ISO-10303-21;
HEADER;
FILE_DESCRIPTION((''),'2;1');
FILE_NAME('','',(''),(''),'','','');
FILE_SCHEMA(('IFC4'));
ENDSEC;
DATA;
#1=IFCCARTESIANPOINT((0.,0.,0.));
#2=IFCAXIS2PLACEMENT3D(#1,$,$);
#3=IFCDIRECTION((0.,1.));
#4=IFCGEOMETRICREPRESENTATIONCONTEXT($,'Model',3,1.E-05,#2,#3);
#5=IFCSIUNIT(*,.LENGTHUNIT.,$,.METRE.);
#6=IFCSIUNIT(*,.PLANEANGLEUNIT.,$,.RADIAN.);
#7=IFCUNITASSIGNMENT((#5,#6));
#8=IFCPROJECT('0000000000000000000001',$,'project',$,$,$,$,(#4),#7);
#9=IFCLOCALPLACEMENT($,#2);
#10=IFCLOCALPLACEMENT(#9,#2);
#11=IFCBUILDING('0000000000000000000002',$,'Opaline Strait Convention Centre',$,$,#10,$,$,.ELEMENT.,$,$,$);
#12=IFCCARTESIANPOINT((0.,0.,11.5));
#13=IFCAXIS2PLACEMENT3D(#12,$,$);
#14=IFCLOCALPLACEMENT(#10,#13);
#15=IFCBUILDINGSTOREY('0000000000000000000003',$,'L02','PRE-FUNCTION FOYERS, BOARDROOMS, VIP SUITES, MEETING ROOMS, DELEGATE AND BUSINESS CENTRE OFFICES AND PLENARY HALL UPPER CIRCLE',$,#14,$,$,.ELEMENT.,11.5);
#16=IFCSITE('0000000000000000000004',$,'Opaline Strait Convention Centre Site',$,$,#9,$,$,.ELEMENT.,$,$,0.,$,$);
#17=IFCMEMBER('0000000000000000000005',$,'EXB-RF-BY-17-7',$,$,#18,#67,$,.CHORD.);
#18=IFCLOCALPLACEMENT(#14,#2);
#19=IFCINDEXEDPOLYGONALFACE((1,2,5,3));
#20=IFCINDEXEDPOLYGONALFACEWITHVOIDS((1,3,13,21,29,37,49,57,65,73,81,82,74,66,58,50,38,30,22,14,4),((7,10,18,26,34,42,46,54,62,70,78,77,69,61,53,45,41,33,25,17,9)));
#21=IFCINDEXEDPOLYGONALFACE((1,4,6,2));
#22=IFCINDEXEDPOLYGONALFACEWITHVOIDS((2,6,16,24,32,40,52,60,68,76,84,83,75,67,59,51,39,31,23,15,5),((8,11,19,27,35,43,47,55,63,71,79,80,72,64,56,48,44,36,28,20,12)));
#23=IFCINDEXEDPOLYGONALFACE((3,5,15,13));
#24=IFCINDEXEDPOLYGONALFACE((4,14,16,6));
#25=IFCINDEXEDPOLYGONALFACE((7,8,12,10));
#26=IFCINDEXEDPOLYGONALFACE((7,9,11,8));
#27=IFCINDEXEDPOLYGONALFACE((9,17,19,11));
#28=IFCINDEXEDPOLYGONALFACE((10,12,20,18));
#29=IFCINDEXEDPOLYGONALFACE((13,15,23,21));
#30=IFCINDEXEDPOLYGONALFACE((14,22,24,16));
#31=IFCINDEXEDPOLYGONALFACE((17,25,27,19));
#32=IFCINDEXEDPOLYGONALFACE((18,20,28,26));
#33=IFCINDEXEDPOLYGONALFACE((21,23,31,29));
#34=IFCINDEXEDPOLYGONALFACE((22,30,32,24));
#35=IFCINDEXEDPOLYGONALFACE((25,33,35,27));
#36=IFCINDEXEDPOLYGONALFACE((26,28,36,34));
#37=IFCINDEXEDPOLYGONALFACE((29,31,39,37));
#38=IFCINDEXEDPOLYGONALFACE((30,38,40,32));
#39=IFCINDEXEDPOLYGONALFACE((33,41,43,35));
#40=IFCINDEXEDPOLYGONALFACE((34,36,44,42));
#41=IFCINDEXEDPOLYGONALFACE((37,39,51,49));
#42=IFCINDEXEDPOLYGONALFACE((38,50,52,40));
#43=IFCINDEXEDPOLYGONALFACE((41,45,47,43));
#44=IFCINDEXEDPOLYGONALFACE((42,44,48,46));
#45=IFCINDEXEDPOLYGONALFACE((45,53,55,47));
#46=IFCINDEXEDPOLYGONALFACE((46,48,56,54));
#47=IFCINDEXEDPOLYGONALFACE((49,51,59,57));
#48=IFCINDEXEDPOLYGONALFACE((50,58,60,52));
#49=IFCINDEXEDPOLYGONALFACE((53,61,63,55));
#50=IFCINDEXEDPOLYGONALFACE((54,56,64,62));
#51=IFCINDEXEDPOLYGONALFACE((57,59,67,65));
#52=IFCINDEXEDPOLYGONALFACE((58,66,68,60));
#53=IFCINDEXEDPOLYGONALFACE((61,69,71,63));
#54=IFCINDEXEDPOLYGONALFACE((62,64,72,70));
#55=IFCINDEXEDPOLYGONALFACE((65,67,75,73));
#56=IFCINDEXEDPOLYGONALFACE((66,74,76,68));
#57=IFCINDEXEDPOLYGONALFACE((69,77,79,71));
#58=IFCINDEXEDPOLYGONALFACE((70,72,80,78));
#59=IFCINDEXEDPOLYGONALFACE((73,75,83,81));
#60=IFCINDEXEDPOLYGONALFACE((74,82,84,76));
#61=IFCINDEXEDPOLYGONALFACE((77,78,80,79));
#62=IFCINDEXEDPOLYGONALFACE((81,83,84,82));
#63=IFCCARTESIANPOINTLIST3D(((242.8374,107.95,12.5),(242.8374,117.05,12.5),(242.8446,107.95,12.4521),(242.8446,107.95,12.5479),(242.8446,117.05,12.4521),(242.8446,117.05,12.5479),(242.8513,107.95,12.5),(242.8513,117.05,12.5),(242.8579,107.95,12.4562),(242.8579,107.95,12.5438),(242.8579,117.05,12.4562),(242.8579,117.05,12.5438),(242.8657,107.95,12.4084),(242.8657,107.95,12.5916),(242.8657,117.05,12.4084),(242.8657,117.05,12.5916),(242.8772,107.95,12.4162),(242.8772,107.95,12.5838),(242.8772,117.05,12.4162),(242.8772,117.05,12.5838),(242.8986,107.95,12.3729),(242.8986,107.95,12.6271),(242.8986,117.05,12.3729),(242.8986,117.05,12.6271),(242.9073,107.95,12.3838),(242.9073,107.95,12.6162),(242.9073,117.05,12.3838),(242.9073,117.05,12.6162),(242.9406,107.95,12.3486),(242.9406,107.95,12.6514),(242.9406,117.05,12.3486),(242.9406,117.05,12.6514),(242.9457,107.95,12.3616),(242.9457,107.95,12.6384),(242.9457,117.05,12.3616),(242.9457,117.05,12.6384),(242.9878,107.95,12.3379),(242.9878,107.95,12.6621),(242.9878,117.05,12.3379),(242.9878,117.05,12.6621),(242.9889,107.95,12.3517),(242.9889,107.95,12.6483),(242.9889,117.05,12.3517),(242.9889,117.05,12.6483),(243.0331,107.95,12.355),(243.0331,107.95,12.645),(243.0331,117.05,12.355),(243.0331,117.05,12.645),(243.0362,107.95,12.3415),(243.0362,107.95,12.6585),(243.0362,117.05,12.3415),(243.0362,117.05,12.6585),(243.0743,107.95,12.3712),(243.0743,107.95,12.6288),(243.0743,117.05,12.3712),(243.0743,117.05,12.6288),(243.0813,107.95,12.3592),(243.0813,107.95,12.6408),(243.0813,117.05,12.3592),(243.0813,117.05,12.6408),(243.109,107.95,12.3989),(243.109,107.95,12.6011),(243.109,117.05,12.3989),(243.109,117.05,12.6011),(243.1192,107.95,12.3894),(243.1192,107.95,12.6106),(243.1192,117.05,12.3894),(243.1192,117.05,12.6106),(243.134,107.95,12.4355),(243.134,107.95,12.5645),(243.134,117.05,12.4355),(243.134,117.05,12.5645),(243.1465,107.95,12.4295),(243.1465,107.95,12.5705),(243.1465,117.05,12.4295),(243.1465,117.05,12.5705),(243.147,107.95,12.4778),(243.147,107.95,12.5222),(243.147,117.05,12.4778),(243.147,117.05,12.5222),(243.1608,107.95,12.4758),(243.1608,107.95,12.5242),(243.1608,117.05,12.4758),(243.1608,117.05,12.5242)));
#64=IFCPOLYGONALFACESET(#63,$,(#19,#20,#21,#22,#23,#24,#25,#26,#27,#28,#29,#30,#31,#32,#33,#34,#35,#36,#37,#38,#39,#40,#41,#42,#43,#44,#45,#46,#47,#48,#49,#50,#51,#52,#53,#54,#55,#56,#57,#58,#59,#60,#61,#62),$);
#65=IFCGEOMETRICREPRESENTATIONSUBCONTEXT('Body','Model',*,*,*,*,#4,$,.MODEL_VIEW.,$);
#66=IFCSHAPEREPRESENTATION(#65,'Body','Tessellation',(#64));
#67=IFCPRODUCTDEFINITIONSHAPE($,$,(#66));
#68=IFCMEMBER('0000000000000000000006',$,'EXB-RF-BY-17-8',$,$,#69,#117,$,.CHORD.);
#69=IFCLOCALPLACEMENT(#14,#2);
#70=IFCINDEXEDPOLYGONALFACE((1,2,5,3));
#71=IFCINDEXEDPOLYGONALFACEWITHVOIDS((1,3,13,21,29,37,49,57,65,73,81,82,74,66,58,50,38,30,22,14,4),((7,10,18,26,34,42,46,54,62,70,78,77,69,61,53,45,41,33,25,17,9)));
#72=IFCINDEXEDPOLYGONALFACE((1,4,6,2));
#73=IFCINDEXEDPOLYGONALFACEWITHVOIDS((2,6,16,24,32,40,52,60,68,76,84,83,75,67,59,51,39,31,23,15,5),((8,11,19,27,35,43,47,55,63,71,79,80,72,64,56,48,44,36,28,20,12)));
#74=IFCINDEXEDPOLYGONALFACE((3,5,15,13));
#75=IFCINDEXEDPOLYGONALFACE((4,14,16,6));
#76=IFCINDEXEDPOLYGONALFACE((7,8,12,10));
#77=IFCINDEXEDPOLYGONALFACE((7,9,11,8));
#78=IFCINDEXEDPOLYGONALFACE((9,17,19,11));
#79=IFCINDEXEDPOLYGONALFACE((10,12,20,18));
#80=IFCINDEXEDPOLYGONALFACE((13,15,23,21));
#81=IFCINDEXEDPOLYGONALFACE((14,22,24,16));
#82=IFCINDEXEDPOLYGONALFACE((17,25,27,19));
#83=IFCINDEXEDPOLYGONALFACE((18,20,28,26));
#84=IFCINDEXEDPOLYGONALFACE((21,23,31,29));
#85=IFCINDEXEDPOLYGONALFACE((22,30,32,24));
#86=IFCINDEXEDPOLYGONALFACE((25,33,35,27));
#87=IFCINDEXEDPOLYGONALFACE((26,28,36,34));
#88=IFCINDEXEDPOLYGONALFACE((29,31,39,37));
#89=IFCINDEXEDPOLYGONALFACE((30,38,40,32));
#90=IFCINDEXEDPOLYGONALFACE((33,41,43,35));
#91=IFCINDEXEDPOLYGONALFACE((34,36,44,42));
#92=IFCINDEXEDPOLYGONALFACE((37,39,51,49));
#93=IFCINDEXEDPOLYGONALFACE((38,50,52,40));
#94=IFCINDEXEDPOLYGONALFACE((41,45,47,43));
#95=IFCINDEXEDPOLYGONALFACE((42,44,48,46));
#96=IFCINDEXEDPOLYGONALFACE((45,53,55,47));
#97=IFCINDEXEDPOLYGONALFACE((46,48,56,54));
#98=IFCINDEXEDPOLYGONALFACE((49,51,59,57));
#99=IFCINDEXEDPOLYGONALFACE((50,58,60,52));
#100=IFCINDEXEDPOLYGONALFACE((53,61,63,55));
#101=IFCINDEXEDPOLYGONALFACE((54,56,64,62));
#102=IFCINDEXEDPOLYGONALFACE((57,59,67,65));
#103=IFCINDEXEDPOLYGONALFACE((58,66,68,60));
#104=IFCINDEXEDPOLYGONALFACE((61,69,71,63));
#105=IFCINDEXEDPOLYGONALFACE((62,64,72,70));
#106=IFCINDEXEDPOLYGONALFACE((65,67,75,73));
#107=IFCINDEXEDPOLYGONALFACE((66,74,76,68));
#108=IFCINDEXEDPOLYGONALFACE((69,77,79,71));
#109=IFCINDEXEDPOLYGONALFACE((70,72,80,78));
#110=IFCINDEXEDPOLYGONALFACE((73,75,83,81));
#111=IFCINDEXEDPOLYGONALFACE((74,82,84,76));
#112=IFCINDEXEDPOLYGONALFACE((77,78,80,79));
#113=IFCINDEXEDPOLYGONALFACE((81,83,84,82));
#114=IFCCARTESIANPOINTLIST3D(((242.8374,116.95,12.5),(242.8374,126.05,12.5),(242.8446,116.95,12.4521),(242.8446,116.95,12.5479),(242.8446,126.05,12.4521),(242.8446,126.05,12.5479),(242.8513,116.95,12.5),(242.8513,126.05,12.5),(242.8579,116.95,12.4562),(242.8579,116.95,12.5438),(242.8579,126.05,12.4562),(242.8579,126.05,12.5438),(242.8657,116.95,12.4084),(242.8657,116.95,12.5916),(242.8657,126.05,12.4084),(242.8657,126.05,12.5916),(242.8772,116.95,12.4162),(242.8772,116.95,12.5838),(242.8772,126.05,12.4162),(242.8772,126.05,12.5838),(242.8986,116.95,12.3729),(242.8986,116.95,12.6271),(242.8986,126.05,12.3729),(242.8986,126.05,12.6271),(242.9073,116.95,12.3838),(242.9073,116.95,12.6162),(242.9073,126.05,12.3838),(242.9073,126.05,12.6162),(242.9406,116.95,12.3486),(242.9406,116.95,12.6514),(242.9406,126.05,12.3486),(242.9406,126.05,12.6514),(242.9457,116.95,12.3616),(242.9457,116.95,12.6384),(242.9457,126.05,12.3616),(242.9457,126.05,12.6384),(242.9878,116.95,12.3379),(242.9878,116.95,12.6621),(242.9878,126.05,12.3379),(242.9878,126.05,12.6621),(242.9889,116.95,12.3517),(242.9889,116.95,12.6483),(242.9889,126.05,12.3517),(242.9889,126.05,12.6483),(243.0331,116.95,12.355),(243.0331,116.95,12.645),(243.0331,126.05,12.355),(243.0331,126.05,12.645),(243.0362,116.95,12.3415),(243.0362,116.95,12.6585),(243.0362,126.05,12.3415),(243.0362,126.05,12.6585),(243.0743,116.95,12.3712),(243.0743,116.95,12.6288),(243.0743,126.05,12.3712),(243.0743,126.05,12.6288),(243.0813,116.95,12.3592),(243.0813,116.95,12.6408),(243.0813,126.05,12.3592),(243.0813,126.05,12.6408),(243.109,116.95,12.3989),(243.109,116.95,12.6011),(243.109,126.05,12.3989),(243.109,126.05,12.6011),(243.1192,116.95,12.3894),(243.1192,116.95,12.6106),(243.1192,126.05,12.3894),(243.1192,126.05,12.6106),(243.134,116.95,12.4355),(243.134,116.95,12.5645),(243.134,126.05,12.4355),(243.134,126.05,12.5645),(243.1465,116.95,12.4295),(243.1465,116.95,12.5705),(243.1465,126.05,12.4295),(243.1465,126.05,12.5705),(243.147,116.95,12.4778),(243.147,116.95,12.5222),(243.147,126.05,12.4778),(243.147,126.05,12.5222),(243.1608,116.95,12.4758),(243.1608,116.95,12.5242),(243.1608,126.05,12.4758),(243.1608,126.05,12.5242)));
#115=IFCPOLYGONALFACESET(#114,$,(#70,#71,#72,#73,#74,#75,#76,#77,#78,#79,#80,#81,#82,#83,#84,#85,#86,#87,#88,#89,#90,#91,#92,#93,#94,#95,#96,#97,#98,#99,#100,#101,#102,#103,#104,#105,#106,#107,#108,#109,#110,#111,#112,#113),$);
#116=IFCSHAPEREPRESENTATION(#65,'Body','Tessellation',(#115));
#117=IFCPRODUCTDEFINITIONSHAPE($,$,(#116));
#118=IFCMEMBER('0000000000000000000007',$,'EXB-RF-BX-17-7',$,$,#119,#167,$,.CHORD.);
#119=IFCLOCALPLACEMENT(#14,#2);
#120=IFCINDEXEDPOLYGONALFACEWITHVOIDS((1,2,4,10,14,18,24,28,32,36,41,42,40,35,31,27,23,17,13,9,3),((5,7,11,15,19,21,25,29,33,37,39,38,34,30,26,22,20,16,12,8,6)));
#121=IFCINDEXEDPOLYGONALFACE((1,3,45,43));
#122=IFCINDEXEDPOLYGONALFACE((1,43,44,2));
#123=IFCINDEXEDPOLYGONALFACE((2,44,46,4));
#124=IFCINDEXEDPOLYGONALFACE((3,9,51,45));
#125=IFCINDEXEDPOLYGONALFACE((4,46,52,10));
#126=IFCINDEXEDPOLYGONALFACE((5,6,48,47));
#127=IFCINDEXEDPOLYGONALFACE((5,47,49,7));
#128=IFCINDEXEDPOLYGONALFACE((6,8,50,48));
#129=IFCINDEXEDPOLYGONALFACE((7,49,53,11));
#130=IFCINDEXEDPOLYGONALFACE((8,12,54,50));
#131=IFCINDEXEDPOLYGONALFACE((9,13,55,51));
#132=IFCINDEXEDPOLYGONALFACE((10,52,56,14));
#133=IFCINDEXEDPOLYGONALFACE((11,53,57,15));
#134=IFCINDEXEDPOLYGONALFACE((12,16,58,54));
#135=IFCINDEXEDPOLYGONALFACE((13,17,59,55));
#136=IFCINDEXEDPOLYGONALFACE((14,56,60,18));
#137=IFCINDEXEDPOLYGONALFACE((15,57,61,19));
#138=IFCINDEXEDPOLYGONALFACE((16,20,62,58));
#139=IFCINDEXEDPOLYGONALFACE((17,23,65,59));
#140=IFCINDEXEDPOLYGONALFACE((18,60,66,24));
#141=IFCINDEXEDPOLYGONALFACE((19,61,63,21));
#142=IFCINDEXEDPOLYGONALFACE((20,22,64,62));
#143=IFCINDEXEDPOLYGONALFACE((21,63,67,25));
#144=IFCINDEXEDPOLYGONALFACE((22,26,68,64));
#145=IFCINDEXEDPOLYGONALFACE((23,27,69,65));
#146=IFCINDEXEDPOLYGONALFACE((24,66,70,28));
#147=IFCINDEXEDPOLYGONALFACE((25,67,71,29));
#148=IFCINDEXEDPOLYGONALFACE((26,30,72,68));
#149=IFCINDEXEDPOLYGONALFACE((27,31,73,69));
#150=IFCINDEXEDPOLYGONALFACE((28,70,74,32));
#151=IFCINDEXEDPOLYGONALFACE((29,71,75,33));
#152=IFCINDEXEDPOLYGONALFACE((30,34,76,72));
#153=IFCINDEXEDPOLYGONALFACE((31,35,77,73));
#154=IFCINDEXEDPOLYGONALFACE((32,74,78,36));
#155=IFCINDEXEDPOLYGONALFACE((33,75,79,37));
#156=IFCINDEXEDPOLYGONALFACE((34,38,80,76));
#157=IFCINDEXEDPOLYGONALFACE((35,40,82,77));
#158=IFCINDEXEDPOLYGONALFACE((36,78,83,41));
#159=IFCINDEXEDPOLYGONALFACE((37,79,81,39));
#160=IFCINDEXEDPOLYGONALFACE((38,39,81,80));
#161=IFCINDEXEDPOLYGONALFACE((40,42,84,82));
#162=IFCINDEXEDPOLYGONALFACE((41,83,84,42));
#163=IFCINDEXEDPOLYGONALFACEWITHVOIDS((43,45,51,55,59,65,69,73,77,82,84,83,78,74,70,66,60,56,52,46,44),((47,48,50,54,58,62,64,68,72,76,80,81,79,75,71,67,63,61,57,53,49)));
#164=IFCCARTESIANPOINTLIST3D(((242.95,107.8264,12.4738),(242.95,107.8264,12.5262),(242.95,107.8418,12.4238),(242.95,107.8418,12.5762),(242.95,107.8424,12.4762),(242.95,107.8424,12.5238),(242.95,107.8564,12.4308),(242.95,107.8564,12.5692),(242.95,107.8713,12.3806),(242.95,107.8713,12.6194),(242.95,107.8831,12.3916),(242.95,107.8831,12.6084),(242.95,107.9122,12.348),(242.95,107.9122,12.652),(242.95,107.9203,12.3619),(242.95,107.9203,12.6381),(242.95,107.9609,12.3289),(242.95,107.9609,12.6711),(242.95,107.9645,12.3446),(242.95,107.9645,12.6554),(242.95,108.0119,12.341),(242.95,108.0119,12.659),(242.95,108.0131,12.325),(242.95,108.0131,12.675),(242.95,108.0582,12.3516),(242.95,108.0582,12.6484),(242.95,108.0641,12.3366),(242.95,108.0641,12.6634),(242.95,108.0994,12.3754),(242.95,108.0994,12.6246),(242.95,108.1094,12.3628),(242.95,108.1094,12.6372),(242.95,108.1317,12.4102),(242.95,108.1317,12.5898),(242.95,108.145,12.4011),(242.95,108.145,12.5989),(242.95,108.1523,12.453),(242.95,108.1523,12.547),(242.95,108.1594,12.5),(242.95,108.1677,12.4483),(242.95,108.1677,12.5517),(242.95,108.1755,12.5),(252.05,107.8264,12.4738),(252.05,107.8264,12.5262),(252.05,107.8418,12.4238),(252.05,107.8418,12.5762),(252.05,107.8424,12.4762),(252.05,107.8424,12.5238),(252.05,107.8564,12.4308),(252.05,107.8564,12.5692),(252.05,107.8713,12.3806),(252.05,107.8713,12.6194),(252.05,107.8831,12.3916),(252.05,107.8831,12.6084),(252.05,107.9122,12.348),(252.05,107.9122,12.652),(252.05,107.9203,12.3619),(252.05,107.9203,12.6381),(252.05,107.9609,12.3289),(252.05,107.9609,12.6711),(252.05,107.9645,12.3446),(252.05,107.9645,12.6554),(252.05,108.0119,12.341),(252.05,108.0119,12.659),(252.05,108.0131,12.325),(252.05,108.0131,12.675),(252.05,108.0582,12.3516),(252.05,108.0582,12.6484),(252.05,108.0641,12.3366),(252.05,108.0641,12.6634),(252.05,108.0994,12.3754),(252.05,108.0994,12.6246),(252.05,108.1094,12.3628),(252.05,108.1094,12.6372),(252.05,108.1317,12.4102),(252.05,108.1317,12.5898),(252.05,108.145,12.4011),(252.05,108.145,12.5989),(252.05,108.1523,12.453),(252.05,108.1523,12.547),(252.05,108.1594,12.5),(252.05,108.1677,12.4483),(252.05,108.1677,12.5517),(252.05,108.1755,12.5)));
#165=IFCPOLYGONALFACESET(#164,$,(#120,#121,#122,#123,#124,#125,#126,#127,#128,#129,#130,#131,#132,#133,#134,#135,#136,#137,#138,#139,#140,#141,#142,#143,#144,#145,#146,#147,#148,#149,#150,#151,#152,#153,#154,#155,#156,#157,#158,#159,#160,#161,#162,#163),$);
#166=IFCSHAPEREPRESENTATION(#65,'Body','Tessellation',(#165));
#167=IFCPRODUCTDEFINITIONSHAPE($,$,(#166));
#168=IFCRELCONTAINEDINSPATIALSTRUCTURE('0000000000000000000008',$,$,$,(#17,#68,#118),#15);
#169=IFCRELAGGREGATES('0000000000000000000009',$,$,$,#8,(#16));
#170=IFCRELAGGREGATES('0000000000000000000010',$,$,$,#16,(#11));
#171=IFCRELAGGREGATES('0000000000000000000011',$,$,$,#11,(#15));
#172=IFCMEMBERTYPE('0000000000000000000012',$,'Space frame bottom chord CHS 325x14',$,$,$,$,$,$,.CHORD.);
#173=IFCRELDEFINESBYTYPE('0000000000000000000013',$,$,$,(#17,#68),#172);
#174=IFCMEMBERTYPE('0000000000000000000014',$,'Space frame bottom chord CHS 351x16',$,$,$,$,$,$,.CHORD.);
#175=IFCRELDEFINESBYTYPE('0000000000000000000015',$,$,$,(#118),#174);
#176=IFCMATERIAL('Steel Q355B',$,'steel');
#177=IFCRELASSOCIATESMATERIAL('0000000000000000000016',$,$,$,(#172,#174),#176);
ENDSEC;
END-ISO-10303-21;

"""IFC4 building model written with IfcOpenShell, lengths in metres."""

from ifc_helpers import new_model, si_unit, direction, frame, origin, origin_2d, place, context, subcontext, project, spatial, hollow_circle, extrude, material, material_profile, profile_set, type_object, element, save


model = new_model("IFC4")

# Units and contexts
model_context = context("Model", 3, precision=1e-05, world=origin(), true_north=direction((0.0, 1.0)))
body_context = subcontext(model_context, "Body", "Model", "MODEL_VIEW")
ifc_project = project(units=[si_unit("LENGTHUNIT", "METRE"), si_unit("PLANEANGLEUNIT", "RADIAN")], contexts=[model_context])

# Site, building, storey
site_placement = place(None, origin())
site = spatial("IfcSite", under=ifc_project, at=site_placement, Name="Opaline Strait Convention Centre Site", CompositionType="ELEMENT", RefElevation=0.0)
building_placement = place(site_placement, origin())
building = spatial("IfcBuilding", under=site, at=building_placement, Name="Opaline Strait Convention Centre", CompositionType="ELEMENT")
storey_placement = place(building_placement, frame((0.0, 0.0, 11.5)))
storey = spatial("IfcBuildingStorey", under=building, at=storey_placement, Name="L02", Description="PRE-FUNCTION FOYERS, BOARDROOMS, VIP SUITES, MEETING ROOMS, DELEGATE AND BUSINESS CENTRE OFFICES AND PLENARY HALL UPPER CIRCLE", CompositionType="ELEMENT", Elevation=11.5)

# Members
ifc_material = material(Name="Steel Q355B", Category="steel")
ifc_material_profile_1 = material_profile(ifc_material, hollow_circle(Radius=0.1626, WallThickness=0.0139, at=origin_2d()), Name="CHS 325x14")
ifc_profile_set_1 = profile_set([ifc_material_profile_1], Name="Steel Q355B")
member_type_1 = type_object("IfcMemberType", Name="Space frame bottom chord CHS 325x14", PredefinedType="CHORD", material=ifc_profile_set_1)
for number, where, z_axis, x_axis, name in (
    (1, (243.0, 107.95, 12.5), (0.0, 1.0, 0.0), (-1.0, 0.0, 0.0), "EXB-RF-BY-17-7"),
    (2, (243.0, 116.95, 12.5), (0.0, 1.0, 0.0), (-1.0, 0.0, 0.0), "EXB-RF-BY-17-8"),
):
    element("IfcMember", number, at=place(storey_placement, frame(where, z_axis=z_axis, x_axis=x_axis)), inside=storey, type_object=member_type_1, Name=name, PredefinedType="CHORD", context=body_context, shape_type="SweptSolid", body=[
        extrude(hollow_circle(Radius=0.1626, WallThickness=0.0139, at=origin_2d()), origin(), (0.0, 0.0, 1.0), 9.1001),
    ])
ifc_material_profile_2 = material_profile(ifc_material, hollow_circle(Radius=0.1755, WallThickness=0.0161, at=origin_2d()), Name="CHS 351x16")
ifc_profile_set_2 = profile_set([ifc_material_profile_2], Name="Steel Q355B")
member_type_2 = type_object("IfcMemberType", Name="Space frame bottom chord CHS 351x16", PredefinedType="CHORD", material=ifc_profile_set_2)
member_placement = place(storey_placement, frame((242.95, 108.0, 12.5), z_axis=(1.0, 0.0, 0.0), x_axis=(0.0, 1.0, 0.0)))
element("IfcMember", 3, at=member_placement, inside=storey, type_object=member_type_2, Name="EXB-RF-BX-17-7", PredefinedType="CHORD", context=body_context, shape_type="SweptSolid", body=[
    extrude(hollow_circle(Radius=0.1755, WallThickness=0.0161, at=origin_2d()), origin(), (0.0, 0.0, 1.0), 9.1001),
])

save(model, "model.ifc")
